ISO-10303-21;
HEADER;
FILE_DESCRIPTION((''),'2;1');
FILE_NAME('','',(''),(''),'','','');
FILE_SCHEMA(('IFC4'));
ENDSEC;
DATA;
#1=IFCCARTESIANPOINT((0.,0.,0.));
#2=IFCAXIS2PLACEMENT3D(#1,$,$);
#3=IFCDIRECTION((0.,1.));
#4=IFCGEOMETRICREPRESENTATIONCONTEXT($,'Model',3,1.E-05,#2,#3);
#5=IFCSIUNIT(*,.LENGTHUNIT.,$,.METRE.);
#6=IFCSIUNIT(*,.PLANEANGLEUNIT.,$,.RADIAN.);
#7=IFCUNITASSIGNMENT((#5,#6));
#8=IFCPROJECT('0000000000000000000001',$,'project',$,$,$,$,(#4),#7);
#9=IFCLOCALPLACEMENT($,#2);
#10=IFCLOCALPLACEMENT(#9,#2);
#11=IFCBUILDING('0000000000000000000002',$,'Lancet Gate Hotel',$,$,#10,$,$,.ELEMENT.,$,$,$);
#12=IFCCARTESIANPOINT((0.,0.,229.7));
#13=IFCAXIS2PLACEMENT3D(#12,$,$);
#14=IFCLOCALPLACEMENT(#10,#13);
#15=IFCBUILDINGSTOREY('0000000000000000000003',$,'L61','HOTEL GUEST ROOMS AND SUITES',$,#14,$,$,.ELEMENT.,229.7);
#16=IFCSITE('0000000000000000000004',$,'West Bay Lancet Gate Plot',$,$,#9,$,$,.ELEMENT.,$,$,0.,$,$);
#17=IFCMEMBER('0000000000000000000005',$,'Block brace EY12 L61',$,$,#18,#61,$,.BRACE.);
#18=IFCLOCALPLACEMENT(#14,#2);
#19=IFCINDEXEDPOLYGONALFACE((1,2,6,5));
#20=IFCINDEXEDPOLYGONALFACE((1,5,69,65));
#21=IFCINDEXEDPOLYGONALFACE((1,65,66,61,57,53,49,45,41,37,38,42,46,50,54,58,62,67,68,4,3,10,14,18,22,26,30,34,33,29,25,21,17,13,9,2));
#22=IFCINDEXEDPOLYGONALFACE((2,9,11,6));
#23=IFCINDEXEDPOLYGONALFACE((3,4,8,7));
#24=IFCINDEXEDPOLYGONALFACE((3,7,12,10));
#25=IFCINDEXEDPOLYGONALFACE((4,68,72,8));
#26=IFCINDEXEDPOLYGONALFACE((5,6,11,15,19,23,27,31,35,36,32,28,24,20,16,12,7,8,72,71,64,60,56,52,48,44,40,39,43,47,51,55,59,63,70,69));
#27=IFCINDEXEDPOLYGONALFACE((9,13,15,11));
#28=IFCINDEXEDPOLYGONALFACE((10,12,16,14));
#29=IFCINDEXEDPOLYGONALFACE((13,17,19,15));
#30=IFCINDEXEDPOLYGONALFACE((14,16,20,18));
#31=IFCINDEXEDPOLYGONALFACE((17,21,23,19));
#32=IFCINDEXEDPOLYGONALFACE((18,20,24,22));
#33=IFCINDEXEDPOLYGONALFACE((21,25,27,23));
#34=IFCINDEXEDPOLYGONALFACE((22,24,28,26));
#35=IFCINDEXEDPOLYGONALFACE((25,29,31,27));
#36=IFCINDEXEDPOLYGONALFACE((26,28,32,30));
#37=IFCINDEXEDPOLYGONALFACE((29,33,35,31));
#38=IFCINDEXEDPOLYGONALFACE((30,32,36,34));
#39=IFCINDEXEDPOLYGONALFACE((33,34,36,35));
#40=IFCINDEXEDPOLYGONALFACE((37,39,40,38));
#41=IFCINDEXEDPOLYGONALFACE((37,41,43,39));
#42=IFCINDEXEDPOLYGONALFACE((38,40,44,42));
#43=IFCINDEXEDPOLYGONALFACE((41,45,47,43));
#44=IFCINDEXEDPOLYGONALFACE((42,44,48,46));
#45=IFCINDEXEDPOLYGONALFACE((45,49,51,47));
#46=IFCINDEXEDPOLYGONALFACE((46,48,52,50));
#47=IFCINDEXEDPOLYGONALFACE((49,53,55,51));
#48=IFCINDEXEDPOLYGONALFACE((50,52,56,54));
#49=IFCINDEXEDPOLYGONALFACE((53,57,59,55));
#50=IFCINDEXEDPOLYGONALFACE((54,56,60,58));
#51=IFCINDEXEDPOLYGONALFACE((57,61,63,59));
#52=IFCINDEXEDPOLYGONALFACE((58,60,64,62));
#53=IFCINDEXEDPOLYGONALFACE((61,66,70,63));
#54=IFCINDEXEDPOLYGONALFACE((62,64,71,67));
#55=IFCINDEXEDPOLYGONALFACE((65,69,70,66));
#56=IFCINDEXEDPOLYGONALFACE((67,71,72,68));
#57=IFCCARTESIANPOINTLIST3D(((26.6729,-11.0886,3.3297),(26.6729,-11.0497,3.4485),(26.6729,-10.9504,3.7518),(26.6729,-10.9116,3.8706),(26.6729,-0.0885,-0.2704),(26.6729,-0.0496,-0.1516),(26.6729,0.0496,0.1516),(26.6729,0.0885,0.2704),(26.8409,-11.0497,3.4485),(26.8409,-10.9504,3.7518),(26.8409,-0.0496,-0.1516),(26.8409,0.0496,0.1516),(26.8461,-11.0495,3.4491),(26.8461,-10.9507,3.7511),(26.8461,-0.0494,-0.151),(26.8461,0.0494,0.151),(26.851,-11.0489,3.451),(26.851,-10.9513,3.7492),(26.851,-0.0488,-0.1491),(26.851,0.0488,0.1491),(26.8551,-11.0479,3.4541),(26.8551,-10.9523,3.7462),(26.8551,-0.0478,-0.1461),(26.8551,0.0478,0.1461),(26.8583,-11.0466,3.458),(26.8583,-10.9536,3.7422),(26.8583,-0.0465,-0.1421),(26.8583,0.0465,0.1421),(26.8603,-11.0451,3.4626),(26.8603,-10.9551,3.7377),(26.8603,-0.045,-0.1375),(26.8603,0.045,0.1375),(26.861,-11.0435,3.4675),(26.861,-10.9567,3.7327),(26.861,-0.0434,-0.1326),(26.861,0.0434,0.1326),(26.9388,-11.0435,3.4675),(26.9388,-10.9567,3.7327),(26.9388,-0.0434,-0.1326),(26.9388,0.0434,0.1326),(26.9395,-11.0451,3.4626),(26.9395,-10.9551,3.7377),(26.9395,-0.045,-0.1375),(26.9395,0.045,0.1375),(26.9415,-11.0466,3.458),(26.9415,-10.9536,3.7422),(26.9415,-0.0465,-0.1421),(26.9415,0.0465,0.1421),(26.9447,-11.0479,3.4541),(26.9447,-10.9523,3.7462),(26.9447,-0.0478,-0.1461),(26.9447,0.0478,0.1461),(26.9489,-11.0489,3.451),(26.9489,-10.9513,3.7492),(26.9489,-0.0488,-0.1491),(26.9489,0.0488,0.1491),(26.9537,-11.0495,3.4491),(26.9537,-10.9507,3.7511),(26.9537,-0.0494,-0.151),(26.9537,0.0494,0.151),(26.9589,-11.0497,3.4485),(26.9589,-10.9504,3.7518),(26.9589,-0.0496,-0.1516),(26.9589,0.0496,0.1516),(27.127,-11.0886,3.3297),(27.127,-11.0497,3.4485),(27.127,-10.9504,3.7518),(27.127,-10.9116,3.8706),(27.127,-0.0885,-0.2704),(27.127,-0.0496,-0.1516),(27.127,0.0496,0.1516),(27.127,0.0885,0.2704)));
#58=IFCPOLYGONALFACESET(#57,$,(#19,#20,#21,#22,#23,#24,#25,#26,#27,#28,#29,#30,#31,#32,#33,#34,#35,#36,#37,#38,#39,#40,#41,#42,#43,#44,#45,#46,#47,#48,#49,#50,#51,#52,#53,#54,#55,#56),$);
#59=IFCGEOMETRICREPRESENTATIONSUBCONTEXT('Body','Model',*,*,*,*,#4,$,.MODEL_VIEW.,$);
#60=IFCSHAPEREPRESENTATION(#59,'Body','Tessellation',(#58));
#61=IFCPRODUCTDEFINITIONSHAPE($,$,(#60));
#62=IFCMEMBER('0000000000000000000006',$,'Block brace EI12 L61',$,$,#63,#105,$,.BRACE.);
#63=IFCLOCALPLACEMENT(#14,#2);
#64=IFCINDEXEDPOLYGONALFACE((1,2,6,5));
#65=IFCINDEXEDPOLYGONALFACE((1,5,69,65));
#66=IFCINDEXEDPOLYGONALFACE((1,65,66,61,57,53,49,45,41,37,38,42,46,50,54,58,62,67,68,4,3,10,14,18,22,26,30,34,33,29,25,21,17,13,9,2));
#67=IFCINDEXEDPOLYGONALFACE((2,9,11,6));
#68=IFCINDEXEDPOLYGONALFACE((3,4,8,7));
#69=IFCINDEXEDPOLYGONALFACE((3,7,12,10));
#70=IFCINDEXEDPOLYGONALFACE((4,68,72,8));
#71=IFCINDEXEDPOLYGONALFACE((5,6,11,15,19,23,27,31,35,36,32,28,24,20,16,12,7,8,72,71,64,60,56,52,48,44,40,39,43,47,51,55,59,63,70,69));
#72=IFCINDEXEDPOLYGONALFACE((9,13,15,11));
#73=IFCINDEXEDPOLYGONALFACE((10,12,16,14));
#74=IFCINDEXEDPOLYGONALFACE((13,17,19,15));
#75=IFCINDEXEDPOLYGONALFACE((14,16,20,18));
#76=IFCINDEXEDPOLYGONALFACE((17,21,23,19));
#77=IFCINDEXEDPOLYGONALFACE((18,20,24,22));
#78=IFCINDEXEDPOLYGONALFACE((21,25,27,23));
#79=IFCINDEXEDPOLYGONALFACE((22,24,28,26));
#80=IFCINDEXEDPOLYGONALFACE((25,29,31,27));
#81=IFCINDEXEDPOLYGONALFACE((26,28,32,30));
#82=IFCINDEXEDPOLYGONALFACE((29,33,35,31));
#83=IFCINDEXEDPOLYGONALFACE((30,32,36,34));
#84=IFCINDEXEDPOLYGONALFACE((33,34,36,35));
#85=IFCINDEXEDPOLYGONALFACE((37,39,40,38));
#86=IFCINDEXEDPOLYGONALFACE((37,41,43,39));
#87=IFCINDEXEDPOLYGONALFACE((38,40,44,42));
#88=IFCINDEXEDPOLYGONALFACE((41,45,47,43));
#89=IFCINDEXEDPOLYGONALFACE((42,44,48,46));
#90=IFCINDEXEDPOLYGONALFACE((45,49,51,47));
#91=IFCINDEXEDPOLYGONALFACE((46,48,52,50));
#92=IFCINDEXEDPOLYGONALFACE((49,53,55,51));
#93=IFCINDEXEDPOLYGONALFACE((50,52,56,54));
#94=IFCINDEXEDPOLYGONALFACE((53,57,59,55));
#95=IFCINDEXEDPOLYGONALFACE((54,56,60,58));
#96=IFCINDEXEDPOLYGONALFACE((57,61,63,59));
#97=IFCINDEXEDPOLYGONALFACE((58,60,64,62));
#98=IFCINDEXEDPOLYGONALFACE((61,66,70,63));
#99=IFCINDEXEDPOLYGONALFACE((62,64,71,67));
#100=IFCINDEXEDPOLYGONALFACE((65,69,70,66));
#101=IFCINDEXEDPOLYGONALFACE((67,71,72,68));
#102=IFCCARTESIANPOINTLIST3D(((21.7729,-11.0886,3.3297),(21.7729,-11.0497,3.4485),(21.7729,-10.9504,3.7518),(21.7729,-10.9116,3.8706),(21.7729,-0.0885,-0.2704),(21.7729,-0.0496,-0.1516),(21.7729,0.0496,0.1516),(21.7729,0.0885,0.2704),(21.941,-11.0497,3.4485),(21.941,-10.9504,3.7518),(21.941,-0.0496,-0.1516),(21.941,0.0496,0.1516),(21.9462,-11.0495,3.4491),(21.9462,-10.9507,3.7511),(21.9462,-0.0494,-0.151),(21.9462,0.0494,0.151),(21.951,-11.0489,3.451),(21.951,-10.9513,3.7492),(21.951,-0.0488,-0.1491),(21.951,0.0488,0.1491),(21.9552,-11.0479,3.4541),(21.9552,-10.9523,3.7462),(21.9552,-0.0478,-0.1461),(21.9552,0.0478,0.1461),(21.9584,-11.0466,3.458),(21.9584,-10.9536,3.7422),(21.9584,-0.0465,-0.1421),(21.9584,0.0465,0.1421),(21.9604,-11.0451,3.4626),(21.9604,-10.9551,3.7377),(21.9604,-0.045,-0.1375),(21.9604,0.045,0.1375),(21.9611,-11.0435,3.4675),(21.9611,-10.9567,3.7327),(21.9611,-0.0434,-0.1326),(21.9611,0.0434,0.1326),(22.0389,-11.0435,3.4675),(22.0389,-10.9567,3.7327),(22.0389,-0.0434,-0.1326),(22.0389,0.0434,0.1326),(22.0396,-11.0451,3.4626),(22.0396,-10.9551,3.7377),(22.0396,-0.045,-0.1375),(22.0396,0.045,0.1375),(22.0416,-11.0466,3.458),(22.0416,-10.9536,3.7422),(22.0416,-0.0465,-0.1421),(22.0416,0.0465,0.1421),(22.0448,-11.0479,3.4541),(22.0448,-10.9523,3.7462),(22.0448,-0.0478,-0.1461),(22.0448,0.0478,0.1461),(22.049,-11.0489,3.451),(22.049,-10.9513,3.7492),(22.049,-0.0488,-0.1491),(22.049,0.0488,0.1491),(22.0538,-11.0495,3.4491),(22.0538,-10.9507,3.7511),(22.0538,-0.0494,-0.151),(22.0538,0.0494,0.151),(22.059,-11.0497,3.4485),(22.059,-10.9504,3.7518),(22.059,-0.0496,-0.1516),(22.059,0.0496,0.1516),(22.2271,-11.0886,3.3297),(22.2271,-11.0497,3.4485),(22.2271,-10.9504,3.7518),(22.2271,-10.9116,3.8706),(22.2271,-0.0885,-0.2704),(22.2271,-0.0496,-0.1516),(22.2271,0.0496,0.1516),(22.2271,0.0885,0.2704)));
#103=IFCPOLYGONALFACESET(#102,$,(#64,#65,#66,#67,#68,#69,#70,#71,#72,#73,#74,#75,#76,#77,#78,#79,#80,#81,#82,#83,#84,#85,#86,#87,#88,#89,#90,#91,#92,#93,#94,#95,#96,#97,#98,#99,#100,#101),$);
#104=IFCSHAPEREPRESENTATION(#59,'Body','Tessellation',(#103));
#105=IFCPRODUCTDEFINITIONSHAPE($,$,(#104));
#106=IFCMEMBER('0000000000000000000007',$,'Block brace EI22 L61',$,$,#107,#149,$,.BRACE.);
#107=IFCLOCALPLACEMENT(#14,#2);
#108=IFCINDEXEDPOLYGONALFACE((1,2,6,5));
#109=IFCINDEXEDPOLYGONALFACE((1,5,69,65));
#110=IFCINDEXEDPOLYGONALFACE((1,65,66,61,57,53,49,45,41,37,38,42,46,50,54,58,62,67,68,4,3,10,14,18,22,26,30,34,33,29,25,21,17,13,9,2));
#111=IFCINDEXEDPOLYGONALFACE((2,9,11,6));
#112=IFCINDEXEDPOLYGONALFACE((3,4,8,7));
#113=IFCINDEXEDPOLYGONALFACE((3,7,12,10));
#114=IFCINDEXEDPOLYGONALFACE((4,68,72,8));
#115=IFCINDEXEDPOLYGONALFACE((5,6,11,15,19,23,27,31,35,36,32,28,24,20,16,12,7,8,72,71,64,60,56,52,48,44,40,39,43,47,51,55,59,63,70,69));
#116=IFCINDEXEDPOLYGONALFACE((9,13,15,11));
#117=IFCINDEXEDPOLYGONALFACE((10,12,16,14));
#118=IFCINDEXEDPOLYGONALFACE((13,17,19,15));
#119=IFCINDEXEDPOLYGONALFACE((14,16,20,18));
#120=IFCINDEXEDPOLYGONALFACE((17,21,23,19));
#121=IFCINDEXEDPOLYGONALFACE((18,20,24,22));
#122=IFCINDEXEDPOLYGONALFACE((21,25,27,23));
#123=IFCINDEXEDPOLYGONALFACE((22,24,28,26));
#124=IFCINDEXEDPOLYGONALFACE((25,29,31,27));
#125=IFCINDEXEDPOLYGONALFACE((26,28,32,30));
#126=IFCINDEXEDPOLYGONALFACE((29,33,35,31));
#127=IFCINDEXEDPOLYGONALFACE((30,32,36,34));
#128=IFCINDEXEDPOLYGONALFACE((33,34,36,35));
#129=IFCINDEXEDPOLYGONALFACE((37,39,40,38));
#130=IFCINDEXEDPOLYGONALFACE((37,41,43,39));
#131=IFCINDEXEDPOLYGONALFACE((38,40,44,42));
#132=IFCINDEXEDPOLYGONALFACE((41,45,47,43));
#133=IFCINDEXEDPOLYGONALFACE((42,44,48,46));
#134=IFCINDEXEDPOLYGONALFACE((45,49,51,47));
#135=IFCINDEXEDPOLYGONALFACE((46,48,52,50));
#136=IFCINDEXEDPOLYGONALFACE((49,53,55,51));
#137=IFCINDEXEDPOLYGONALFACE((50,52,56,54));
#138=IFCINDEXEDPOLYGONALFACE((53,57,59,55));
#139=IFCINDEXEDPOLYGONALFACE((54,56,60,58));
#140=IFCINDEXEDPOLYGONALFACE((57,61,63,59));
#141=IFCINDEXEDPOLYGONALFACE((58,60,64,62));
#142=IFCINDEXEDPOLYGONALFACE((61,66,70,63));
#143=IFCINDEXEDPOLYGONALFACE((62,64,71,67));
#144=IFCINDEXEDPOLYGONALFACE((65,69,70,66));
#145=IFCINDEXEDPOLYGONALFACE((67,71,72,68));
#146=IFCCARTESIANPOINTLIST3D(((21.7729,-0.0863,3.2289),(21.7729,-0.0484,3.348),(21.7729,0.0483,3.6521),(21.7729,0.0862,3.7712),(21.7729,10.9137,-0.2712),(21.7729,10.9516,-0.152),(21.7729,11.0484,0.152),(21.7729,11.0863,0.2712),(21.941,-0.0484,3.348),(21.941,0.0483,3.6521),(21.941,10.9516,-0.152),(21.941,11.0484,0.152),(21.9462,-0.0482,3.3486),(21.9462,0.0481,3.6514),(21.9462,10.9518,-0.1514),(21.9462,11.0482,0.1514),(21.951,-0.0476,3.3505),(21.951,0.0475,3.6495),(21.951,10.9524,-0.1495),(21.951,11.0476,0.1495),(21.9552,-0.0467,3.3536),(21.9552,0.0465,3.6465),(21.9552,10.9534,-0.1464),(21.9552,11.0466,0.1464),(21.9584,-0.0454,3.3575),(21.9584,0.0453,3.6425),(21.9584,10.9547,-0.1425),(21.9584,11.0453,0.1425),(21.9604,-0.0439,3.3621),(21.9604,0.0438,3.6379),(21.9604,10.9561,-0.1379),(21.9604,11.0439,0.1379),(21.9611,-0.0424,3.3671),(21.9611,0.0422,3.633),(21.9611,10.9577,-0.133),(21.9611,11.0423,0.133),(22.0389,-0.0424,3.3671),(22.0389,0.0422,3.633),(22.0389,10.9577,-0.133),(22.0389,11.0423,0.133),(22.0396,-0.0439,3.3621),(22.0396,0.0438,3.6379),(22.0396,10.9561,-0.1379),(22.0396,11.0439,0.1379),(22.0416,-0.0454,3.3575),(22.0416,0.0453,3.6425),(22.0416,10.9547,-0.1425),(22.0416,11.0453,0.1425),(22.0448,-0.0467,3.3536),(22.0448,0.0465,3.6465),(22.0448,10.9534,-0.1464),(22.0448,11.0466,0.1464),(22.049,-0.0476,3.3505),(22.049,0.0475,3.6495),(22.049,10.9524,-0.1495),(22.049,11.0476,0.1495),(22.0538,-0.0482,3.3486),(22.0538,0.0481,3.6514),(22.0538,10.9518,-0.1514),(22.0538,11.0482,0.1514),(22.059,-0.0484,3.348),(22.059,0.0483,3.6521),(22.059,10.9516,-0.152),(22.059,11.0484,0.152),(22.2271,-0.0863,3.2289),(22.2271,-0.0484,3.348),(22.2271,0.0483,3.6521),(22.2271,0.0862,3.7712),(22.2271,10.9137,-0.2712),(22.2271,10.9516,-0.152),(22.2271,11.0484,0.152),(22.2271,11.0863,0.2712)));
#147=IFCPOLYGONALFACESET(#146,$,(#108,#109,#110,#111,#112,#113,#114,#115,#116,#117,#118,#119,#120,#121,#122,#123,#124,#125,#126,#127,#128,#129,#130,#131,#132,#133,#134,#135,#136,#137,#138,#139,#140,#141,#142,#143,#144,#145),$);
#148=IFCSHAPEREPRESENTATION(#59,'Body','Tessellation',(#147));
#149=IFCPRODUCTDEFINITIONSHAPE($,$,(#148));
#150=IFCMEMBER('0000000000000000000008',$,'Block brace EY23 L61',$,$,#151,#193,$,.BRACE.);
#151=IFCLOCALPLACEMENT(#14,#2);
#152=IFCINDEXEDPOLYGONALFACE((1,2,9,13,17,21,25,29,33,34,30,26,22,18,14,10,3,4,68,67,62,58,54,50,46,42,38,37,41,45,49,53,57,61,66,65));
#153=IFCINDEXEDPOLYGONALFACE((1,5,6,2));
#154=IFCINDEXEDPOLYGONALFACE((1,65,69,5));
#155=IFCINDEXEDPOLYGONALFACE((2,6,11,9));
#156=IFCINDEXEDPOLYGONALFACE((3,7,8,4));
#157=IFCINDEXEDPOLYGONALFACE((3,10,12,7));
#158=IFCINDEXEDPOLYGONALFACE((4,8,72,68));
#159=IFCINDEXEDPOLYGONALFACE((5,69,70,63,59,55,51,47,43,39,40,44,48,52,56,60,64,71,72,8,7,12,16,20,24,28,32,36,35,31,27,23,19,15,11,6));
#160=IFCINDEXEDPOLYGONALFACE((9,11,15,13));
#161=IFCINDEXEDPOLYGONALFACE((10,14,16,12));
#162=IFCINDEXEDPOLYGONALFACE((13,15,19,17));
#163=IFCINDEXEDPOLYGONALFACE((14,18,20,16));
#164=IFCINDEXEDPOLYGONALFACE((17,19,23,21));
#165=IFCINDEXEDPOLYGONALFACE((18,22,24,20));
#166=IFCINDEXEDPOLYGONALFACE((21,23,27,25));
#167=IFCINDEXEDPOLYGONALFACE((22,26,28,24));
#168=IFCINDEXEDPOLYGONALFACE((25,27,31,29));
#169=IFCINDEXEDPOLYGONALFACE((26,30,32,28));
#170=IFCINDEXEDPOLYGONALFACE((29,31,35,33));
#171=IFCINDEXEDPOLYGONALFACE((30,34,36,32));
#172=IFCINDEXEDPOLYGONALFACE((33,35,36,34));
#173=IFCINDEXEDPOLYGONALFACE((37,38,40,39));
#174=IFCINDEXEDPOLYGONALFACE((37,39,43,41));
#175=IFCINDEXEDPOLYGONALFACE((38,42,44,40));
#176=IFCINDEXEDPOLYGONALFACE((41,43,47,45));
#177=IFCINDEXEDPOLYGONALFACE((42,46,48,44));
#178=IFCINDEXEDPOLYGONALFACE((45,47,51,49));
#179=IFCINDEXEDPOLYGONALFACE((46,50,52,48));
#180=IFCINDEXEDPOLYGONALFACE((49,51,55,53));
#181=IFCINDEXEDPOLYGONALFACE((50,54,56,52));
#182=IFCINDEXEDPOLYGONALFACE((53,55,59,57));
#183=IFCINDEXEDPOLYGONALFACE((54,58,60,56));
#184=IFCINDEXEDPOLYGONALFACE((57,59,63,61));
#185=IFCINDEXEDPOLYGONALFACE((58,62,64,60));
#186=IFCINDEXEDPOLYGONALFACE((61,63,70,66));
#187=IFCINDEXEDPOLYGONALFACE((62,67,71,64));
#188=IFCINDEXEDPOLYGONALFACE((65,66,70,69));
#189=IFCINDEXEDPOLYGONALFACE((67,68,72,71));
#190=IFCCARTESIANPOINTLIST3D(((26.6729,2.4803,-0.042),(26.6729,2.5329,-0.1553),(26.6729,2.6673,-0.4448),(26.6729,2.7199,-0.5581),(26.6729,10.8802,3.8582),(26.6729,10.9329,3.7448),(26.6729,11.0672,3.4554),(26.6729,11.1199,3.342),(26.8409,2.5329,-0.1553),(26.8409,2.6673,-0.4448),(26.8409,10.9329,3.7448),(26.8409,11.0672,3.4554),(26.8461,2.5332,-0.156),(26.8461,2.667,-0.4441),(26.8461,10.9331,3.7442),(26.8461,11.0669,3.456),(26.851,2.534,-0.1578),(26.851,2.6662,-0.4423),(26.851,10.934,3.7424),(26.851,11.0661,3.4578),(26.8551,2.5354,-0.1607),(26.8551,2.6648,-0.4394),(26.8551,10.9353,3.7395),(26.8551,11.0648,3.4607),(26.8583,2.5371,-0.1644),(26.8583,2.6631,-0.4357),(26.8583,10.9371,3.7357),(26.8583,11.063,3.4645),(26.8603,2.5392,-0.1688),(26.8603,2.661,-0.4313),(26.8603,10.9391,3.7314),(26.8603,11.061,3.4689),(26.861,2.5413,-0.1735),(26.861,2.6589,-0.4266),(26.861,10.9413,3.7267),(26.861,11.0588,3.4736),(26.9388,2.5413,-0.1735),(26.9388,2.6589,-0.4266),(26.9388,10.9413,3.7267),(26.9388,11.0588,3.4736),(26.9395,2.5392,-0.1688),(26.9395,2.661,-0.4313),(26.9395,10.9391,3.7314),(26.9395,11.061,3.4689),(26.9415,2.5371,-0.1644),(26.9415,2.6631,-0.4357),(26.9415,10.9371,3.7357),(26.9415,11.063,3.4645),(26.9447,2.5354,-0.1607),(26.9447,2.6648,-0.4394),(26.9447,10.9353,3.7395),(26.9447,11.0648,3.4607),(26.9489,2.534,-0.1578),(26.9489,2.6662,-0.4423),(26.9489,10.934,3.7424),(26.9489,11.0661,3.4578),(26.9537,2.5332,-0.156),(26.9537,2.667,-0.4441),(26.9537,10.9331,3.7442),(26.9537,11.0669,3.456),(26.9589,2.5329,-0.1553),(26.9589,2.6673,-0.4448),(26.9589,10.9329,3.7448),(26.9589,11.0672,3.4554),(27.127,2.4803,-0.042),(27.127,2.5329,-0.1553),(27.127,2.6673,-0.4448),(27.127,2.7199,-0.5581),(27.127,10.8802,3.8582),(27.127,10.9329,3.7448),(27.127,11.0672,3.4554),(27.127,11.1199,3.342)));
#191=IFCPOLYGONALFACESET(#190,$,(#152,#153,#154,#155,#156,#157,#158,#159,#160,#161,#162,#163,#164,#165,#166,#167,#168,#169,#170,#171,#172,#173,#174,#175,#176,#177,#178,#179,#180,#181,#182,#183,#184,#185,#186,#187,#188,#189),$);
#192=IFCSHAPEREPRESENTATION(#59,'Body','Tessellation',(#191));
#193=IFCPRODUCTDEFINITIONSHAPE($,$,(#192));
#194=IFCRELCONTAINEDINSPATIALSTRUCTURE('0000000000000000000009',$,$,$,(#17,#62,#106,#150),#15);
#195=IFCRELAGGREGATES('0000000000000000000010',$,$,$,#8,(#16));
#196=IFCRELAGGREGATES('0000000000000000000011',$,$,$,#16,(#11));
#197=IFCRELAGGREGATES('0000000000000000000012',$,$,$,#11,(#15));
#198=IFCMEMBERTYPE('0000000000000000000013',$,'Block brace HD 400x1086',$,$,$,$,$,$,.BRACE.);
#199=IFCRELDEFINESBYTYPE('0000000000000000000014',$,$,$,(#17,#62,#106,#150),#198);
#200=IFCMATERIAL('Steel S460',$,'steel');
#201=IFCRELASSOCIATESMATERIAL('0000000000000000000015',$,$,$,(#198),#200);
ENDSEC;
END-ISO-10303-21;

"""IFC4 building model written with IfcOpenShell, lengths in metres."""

from ifc_helpers import new_model, si_unit, direction, frame, origin, origin_2d, place, context, subcontext, project, spatial, i_section, extrude, material, material_profile, profile_set, type_object, element, save


model = new_model("IFC4")

# Units and contexts
model_context = context("Model", 3, precision=1e-05, world=origin(), true_north=direction((0.0, 1.0)))
body_context = subcontext(model_context, "Body", "Model", "MODEL_VIEW")
ifc_project = project(units=[si_unit("LENGTHUNIT", "METRE"), si_unit("PLANEANGLEUNIT", "RADIAN")], contexts=[model_context])

# Site, building, storey
site_placement = place(None, origin())
site = spatial("IfcSite", under=ifc_project, at=site_placement, Name="West Bay Lancet Gate Plot", CompositionType="ELEMENT", RefElevation=0.0)
building_placement = place(site_placement, origin())
building = spatial("IfcBuilding", under=site, at=building_placement, Name="Lancet Gate Hotel", CompositionType="ELEMENT")
storey_placement = place(building_placement, frame((0.0, 0.0, 229.7)))
storey = spatial("IfcBuildingStorey", under=building, at=storey_placement, Name="L61", Description="HOTEL GUEST ROOMS AND SUITES", CompositionType="ELEMENT", Elevation=229.7)

# Members
ifc_material_1 = material(Name="Steel S460", Category="steel")
ifc_material_profile_1 = material_profile(ifc_material_1, i_section(OverallWidth=0.4541, OverallDepth=0.5691, WebThickness=0.0779, FlangeThickness=0.125, FilletRadius=0.02, at=origin_2d()), Name="HD 400x1086")
ifc_profile_set_1 = profile_set([ifc_material_profile_1], Name="Steel S460")
member_type_1 = type_object("IfcMemberType", Name="Block brace HD 400x1086", PredefinedType="BRACE", material=ifc_profile_set_1)
for number, where, z_axis, x_axis, name in (
    (1, (26.8999, 0.0, 0.0), (0.0, -0.950395, 0.311047), (1.0, 0.0, 0.0), "Block brace EY12 L61"),
    (2, (22.0, 0.0, 0.0), (0.0, -0.950395, 0.311047), (1.0, 0.0, 0.0), "Block brace EI12 L61"),
):
    element("IfcMember", number, at=place(storey_placement, frame(where, z_axis=z_axis, x_axis=x_axis)), inside=storey, type_object=member_type_1, Name=name, PredefinedType="BRACE", context=body_context, shape_type="SweptSolid", body=[
        extrude(i_section(OverallWidth=0.4541, OverallDepth=0.5691, WebThickness=0.0779, FlangeThickness=0.125, FilletRadius=0.02, at=origin_2d()), origin(), (0.0, 0.0, 1.0), 11.5742),
    ])
member_1_placement = place(storey_placement, frame((22.0, 11.0, 0.0), z_axis=(0.0, -0.952926, 0.303204), x_axis=(1.0, 0.0, 0.0)))
element("IfcMember", 3, at=member_1_placement, inside=storey, type_object=member_type_1, Name="Block brace EI22 L61", PredefinedType="BRACE", context=body_context, shape_type="SweptSolid", body=[
    extrude(i_section(OverallWidth=0.4541, OverallDepth=0.5691, WebThickness=0.0779, FlangeThickness=0.125, FilletRadius=0.02, at=origin_2d()), origin(), (0.0, 0.0, 1.0), 11.5435),
])
member_2_placement = place(storey_placement, frame((26.8999, 2.6001, -0.3), z_axis=(0.0, 0.907001, 0.421128), x_axis=(-1.0, 0.0, 0.0)))
element("IfcMember", 4, at=member_2_placement, inside=storey, type_object=member_type_1, Name="Block brace EY23 L61", PredefinedType="BRACE", context=body_context, shape_type="SweptSolid", body=[
    extrude(i_section(OverallWidth=0.4541, OverallDepth=0.5691, WebThickness=0.0779, FlangeThickness=0.125, FilletRadius=0.02, at=origin_2d()), origin(), (0.0, 0.0, 1.0), 9.2612),
])

save(model, "model.ifc")
